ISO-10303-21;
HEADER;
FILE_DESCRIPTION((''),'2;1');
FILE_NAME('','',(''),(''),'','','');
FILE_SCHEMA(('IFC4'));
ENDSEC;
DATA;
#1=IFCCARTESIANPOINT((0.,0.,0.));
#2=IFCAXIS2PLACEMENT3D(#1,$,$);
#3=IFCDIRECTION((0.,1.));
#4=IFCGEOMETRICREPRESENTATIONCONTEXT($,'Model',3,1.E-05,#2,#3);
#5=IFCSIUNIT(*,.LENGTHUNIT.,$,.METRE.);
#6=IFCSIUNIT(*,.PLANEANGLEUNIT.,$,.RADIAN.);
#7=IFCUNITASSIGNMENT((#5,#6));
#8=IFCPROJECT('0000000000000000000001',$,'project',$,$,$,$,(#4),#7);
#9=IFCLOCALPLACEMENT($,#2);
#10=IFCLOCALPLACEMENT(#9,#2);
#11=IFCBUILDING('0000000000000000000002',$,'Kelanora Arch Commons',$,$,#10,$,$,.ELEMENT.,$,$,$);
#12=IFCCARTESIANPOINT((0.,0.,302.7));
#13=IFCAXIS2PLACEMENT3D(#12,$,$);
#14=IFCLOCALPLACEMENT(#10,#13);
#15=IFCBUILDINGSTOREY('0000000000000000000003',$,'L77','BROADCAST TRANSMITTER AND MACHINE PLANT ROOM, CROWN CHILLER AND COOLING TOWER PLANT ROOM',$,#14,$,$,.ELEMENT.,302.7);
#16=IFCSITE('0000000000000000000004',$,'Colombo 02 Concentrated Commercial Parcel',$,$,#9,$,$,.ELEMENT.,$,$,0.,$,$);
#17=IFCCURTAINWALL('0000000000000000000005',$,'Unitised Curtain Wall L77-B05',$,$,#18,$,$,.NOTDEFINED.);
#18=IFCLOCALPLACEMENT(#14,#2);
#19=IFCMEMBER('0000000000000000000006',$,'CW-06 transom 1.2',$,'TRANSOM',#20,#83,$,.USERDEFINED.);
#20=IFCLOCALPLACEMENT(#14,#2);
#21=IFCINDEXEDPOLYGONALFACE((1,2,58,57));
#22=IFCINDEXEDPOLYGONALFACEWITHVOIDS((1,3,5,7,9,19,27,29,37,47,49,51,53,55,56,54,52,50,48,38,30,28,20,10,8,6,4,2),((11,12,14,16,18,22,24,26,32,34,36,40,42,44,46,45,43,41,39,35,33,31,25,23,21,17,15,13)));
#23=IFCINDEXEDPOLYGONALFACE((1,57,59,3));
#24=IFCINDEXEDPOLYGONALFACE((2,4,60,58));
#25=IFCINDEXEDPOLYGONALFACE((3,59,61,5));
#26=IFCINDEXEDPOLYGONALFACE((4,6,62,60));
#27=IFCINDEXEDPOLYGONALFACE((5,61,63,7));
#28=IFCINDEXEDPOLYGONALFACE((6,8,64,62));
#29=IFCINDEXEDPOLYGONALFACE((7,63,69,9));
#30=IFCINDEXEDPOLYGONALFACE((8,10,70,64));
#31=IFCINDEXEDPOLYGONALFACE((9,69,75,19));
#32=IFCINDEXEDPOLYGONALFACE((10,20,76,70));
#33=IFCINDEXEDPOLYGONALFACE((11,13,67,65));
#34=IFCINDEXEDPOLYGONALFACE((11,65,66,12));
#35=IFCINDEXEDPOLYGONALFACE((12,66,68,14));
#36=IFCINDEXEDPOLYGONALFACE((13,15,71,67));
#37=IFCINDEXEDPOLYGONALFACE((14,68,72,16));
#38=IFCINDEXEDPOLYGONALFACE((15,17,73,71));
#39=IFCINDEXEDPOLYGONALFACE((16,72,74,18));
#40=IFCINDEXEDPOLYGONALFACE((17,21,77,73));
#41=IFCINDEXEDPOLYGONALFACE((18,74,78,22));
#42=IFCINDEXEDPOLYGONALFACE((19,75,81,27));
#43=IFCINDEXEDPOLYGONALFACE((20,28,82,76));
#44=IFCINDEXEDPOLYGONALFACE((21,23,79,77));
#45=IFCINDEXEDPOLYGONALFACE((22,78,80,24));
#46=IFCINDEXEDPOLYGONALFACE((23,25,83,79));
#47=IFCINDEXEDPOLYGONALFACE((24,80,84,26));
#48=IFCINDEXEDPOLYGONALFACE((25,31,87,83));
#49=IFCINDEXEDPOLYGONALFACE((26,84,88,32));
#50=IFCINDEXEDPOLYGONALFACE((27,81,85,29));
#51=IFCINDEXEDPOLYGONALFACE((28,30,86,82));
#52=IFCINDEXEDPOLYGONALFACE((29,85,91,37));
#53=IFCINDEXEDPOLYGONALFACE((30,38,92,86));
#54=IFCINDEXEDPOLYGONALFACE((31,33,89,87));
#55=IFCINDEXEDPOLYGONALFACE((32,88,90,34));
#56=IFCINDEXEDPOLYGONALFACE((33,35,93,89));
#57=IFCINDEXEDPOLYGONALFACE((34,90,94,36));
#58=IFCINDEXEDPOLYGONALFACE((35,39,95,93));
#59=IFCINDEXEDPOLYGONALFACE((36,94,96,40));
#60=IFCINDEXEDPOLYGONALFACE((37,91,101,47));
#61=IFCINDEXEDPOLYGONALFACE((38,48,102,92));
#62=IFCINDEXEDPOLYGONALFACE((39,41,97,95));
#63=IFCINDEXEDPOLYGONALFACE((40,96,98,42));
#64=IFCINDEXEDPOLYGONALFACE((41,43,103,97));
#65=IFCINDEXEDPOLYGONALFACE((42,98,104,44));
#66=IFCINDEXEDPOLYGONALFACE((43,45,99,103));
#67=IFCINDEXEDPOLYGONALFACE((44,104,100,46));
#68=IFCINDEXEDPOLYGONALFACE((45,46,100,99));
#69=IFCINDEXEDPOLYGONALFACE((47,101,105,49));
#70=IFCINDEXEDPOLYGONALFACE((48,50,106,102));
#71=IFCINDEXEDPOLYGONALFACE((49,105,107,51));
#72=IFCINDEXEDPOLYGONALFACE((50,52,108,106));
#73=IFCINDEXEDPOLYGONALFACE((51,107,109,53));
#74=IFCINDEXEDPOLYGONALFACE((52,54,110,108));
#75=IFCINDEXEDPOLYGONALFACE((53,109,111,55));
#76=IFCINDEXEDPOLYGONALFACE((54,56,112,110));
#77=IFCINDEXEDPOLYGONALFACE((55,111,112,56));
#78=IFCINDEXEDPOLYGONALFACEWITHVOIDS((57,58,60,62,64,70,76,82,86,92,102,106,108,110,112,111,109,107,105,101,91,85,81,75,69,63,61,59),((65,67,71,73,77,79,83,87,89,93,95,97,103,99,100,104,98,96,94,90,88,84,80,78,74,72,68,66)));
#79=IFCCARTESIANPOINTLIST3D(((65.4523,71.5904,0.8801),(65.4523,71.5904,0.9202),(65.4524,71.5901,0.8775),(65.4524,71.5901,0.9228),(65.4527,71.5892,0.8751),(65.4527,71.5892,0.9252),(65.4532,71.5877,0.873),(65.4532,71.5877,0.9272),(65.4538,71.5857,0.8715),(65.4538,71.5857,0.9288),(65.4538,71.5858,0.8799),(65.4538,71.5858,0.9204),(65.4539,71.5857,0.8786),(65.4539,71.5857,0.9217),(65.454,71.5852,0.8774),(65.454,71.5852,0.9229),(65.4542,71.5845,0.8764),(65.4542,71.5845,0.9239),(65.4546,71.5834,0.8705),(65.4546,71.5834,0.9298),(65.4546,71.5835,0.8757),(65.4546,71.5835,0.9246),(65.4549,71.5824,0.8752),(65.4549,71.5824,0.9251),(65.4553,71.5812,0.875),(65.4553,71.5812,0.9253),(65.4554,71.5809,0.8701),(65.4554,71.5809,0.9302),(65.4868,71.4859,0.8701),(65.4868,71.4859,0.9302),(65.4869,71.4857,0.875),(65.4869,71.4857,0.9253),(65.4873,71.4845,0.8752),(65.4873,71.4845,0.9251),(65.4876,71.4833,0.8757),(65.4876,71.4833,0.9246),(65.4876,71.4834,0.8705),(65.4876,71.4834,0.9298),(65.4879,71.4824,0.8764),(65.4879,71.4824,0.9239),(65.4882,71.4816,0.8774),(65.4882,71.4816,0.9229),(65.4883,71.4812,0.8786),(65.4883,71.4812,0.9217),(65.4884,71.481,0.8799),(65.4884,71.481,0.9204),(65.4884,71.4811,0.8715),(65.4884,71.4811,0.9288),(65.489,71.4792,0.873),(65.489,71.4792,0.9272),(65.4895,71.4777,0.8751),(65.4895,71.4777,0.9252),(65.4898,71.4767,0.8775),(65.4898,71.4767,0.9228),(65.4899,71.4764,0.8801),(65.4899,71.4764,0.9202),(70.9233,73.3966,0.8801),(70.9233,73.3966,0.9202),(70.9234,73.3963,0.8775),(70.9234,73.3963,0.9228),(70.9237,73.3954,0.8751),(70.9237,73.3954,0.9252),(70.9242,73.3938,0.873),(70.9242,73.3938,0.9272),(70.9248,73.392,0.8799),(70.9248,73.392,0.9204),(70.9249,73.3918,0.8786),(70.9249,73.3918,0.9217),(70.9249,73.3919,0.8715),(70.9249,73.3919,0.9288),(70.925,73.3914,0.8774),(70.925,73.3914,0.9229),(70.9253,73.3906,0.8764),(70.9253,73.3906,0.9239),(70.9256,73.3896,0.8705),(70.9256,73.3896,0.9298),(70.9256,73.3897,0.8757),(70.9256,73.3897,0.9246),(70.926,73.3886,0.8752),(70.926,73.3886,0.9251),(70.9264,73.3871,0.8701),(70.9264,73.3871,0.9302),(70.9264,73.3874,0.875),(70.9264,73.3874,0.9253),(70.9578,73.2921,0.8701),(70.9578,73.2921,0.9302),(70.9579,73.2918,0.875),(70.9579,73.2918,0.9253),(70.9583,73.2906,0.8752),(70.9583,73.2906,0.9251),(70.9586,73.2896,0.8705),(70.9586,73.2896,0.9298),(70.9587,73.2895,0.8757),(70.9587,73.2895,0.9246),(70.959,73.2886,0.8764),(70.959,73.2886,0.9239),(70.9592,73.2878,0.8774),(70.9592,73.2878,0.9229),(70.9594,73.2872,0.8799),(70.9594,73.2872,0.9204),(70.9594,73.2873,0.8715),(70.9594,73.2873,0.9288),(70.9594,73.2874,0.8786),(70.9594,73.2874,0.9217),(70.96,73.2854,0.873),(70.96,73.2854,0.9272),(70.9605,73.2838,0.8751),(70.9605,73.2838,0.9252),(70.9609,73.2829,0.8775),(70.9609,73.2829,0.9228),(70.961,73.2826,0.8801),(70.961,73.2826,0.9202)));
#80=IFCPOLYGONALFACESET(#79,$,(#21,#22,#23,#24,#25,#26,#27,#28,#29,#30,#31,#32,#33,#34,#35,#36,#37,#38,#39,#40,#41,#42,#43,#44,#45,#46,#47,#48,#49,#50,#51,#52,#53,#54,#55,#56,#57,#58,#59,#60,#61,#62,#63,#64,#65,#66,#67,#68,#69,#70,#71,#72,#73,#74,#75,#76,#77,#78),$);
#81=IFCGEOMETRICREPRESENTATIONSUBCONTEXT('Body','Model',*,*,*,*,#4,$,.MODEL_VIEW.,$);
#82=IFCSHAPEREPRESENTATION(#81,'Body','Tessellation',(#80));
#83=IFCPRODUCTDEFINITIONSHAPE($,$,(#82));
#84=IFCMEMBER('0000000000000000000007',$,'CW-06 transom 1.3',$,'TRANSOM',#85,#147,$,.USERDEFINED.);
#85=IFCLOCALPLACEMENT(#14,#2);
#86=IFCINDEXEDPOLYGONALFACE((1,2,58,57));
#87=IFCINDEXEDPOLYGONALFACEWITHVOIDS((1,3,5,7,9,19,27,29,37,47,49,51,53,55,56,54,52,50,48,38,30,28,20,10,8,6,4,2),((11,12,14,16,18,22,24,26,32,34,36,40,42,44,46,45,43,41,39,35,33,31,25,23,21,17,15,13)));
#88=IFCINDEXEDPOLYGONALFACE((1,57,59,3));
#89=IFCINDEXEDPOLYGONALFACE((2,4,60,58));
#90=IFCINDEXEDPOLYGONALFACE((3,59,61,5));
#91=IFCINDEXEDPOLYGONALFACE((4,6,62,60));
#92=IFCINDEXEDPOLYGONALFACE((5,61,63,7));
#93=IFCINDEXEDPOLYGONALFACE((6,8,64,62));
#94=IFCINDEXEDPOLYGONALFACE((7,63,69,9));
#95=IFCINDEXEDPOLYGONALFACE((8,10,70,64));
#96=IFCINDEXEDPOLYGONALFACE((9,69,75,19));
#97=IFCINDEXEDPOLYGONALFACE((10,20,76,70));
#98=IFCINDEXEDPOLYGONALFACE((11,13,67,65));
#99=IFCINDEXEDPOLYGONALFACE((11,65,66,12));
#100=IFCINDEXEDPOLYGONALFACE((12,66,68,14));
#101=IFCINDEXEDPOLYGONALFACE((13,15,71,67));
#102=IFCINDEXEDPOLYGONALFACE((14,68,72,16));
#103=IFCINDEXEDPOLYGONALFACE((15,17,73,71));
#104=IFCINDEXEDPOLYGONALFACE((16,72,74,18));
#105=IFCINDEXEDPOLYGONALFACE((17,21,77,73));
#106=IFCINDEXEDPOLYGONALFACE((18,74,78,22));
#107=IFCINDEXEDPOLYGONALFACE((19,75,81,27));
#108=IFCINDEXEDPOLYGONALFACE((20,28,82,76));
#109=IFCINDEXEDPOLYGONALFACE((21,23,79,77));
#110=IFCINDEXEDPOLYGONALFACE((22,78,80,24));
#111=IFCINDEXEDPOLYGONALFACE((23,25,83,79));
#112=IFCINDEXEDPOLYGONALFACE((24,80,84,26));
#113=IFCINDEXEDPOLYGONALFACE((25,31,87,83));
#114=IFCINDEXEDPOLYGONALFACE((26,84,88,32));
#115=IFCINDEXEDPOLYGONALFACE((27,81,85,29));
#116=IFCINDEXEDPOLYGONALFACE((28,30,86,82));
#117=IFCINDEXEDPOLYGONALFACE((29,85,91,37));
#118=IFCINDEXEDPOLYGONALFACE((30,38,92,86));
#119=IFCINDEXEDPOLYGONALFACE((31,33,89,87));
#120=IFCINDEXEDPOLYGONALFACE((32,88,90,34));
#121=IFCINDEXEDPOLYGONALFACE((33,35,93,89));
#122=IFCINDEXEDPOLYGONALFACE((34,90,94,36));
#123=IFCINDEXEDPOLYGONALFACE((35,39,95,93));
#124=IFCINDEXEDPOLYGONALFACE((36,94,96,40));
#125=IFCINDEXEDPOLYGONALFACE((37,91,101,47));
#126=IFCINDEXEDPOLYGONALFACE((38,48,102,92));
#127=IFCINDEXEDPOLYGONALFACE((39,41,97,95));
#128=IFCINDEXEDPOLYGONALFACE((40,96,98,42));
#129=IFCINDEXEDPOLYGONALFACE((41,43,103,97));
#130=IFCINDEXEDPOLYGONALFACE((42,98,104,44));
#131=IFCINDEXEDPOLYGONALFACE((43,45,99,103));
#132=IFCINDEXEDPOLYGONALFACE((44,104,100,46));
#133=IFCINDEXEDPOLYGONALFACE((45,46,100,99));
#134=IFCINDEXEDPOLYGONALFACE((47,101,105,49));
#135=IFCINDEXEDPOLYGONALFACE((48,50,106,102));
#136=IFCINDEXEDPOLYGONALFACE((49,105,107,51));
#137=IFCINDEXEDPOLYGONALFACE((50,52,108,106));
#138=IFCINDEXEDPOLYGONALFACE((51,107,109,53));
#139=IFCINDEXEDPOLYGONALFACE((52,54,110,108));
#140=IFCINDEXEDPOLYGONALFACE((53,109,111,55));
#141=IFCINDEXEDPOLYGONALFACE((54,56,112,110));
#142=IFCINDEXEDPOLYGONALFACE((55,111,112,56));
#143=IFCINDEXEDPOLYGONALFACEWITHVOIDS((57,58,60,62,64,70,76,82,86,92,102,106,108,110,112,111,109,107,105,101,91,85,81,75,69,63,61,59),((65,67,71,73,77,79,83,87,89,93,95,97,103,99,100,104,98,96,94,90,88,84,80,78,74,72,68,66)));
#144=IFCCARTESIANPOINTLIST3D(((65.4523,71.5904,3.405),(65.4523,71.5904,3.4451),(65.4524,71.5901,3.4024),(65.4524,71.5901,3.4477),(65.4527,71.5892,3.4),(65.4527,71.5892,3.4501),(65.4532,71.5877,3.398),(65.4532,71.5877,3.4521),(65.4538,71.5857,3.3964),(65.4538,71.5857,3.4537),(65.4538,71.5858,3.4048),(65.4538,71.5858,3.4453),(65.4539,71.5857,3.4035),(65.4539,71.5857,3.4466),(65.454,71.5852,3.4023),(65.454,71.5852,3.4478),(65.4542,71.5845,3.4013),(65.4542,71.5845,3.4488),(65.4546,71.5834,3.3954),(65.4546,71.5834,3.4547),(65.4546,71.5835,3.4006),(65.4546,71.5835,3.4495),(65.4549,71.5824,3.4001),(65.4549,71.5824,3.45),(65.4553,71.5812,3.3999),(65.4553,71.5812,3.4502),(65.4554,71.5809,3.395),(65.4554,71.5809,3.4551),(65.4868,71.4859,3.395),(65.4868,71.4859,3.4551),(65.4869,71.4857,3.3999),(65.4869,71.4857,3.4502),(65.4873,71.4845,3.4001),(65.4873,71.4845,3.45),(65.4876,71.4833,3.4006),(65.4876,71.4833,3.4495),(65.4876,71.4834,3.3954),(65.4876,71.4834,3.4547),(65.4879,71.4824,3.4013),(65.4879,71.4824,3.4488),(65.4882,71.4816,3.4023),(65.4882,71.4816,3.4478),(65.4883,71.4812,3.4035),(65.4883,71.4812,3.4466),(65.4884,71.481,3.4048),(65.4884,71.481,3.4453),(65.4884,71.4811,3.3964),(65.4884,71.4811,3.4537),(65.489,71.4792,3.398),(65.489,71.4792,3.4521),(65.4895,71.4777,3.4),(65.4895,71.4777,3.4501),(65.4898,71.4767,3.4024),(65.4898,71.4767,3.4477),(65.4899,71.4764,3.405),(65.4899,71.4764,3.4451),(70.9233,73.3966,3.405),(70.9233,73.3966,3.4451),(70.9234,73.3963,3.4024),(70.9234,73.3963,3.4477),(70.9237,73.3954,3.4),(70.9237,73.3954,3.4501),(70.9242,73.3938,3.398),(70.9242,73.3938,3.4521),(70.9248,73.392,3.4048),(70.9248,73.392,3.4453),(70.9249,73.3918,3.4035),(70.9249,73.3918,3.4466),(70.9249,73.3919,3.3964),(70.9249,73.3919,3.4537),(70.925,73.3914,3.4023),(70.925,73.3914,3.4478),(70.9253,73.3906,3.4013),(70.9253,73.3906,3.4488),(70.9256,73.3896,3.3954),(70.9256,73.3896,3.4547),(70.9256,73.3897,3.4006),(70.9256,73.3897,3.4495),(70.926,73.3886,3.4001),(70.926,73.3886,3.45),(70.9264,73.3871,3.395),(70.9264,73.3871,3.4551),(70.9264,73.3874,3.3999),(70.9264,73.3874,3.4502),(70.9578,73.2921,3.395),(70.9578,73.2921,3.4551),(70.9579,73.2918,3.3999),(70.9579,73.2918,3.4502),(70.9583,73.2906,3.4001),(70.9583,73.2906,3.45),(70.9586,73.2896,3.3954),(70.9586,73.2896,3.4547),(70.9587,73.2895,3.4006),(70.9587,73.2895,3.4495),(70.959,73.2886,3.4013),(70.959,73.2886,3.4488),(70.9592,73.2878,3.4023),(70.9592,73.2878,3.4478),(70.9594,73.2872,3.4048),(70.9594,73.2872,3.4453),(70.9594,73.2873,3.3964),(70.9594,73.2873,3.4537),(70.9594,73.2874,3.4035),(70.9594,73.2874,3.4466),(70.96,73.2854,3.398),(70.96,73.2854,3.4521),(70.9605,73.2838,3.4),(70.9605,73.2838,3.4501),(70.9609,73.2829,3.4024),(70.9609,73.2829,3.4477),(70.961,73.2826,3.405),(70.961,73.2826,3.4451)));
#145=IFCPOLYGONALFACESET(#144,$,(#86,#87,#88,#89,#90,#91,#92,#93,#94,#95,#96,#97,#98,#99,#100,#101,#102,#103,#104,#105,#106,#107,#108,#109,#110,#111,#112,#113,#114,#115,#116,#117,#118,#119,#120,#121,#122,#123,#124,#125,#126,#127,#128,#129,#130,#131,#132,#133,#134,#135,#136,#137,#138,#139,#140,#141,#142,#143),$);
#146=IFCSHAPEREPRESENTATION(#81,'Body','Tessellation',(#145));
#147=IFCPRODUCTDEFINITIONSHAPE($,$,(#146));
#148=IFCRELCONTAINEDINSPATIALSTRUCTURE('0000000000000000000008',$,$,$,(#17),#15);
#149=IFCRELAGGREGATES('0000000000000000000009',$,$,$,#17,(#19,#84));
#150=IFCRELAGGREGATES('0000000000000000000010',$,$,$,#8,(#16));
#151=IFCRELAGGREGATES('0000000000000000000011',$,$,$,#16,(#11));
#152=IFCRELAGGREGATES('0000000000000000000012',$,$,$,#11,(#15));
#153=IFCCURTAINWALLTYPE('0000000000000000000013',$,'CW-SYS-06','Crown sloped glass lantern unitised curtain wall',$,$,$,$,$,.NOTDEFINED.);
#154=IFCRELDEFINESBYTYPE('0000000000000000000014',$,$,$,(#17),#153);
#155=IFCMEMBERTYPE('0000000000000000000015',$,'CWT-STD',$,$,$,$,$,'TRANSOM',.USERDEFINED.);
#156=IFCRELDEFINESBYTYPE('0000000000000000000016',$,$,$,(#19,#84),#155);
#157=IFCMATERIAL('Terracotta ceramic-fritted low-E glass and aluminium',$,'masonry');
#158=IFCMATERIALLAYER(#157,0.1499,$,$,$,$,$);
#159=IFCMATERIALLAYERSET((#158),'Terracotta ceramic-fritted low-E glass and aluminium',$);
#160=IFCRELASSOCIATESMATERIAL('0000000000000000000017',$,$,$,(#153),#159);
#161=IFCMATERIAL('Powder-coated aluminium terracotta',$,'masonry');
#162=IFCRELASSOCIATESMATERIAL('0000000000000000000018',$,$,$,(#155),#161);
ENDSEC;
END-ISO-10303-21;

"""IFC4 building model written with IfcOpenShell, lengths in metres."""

from ifc_helpers import new_model, si_unit, direction, frame, origin, origin_2d, place, context, subcontext, project, spatial, hollow_rectangle, extrude, material, layer, layer_set, material_profile, profile_set, type_object, element, aggregate, save


model = new_model("IFC4")

# Units and contexts
model_context = context("Model", 3, precision=1e-05, world=origin(), true_north=direction((0.0, 1.0)))
body_context = subcontext(model_context, "Body", "Model", "MODEL_VIEW")
ifc_project = project(units=[si_unit("LENGTHUNIT", "METRE"), si_unit("PLANEANGLEUNIT", "RADIAN")], contexts=[model_context])

# Site, building, storey
site_placement = place(None, origin())
site = spatial("IfcSite", under=ifc_project, at=site_placement, Name="Colombo 02 Concentrated Commercial Parcel", CompositionType="ELEMENT", RefElevation=0.0)
building_placement = place(site_placement, origin())
building = spatial("IfcBuilding", under=site, at=building_placement, Name="Kelanora Arch Commons", CompositionType="ELEMENT")
storey_placement = place(building_placement, frame((0.0, 0.0, 302.7)))
storey = spatial("IfcBuildingStorey", under=building, at=storey_placement, Name="L77", Description="BROADCAST TRANSMITTER AND MACHINE PLANT ROOM, CROWN CHILLER AND COOLING TOWER PLANT ROOM", CompositionType="ELEMENT", Elevation=302.7)

# Curtain wall
ifc_material_1 = material(Name="Terracotta ceramic-fritted low-E glass and aluminium", Category="masonry")
ifc_layer_1 = layer(ifc_material_1, 0.1499)
ifc_layer_set_1 = layer_set([ifc_layer_1], Name="Terracotta ceramic-fritted low-E glass and aluminium")
curtain_wall_type = type_object("IfcCurtainWallType", Name="CW-SYS-06", Description="Crown sloped glass lantern unitised curtain wall", PredefinedType="NOTDEFINED", material=ifc_layer_set_1)
ifc_material_2 = material(Name="Powder-coated aluminium terracotta", Category="masonry")
curtain_wall_1_placement = place(storey_placement, origin())
curtain_wall_1 = element("IfcCurtainWall", 1, at=curtain_wall_1_placement, inside=storey, type_object=curtain_wall_type, Name="Unitised Curtain Wall L77-B05", PredefinedType="NOTDEFINED")

# Members
ifc_material_profile_1 = material_profile(ifc_material_2, hollow_rectangle(XDim=0.1201, YDim=0.0601, WallThickness=0.0049, InnerFilletRadius=0.0049, OuterFilletRadius=0.01, at=origin_2d()), Name="CWT120x60")
ifc_profile_set_1 = profile_set([ifc_material_profile_1], Name="Powder-coated aluminium terracotta")
member_type_1 = type_object("IfcMemberType", Name="CWT-STD", ElementType="TRANSOM", PredefinedType="USERDEFINED", material=ifc_profile_set_1)
member_1_placement = place(storey_placement, frame((70.9421, 73.3396, 0.9001), z_axis=(-0.94959, -0.313493, 0.0), x_axis=(0.313493, -0.94959, 0.0)))
member_1 = element("IfcMember", 2, at=member_1_placement, type_object=member_type_1, Name="CW-06 transom 1.2", ObjectType="TRANSOM", PredefinedType="USERDEFINED", context=body_context, shape_type="SweptSolid", body=[
    extrude(hollow_rectangle(XDim=0.1201, YDim=0.0601, WallThickness=0.0049, InnerFilletRadius=0.0049, OuterFilletRadius=0.01, at=origin_2d()), origin(), (0.0, 0.0, 1.0), 5.7615),
])
member_2_placement = place(storey_placement, frame((70.9421, 73.3396, 3.425), z_axis=(-0.94959, -0.313493, 0.0), x_axis=(0.313493, -0.94959, 0.0)))
member_2 = element("IfcMember", 3, at=member_2_placement, type_object=member_type_1, Name="CW-06 transom 1.3", ObjectType="TRANSOM", PredefinedType="USERDEFINED", context=body_context, shape_type="SweptSolid", body=[
    extrude(hollow_rectangle(XDim=0.1201, YDim=0.0601, WallThickness=0.0049, InnerFilletRadius=0.0049, OuterFilletRadius=0.01, at=origin_2d()), origin(), (0.0, 0.0, 1.0), 5.7615),
])

aggregate(curtain_wall_1, [member_1, member_2])

save(model, "model.ifc")
